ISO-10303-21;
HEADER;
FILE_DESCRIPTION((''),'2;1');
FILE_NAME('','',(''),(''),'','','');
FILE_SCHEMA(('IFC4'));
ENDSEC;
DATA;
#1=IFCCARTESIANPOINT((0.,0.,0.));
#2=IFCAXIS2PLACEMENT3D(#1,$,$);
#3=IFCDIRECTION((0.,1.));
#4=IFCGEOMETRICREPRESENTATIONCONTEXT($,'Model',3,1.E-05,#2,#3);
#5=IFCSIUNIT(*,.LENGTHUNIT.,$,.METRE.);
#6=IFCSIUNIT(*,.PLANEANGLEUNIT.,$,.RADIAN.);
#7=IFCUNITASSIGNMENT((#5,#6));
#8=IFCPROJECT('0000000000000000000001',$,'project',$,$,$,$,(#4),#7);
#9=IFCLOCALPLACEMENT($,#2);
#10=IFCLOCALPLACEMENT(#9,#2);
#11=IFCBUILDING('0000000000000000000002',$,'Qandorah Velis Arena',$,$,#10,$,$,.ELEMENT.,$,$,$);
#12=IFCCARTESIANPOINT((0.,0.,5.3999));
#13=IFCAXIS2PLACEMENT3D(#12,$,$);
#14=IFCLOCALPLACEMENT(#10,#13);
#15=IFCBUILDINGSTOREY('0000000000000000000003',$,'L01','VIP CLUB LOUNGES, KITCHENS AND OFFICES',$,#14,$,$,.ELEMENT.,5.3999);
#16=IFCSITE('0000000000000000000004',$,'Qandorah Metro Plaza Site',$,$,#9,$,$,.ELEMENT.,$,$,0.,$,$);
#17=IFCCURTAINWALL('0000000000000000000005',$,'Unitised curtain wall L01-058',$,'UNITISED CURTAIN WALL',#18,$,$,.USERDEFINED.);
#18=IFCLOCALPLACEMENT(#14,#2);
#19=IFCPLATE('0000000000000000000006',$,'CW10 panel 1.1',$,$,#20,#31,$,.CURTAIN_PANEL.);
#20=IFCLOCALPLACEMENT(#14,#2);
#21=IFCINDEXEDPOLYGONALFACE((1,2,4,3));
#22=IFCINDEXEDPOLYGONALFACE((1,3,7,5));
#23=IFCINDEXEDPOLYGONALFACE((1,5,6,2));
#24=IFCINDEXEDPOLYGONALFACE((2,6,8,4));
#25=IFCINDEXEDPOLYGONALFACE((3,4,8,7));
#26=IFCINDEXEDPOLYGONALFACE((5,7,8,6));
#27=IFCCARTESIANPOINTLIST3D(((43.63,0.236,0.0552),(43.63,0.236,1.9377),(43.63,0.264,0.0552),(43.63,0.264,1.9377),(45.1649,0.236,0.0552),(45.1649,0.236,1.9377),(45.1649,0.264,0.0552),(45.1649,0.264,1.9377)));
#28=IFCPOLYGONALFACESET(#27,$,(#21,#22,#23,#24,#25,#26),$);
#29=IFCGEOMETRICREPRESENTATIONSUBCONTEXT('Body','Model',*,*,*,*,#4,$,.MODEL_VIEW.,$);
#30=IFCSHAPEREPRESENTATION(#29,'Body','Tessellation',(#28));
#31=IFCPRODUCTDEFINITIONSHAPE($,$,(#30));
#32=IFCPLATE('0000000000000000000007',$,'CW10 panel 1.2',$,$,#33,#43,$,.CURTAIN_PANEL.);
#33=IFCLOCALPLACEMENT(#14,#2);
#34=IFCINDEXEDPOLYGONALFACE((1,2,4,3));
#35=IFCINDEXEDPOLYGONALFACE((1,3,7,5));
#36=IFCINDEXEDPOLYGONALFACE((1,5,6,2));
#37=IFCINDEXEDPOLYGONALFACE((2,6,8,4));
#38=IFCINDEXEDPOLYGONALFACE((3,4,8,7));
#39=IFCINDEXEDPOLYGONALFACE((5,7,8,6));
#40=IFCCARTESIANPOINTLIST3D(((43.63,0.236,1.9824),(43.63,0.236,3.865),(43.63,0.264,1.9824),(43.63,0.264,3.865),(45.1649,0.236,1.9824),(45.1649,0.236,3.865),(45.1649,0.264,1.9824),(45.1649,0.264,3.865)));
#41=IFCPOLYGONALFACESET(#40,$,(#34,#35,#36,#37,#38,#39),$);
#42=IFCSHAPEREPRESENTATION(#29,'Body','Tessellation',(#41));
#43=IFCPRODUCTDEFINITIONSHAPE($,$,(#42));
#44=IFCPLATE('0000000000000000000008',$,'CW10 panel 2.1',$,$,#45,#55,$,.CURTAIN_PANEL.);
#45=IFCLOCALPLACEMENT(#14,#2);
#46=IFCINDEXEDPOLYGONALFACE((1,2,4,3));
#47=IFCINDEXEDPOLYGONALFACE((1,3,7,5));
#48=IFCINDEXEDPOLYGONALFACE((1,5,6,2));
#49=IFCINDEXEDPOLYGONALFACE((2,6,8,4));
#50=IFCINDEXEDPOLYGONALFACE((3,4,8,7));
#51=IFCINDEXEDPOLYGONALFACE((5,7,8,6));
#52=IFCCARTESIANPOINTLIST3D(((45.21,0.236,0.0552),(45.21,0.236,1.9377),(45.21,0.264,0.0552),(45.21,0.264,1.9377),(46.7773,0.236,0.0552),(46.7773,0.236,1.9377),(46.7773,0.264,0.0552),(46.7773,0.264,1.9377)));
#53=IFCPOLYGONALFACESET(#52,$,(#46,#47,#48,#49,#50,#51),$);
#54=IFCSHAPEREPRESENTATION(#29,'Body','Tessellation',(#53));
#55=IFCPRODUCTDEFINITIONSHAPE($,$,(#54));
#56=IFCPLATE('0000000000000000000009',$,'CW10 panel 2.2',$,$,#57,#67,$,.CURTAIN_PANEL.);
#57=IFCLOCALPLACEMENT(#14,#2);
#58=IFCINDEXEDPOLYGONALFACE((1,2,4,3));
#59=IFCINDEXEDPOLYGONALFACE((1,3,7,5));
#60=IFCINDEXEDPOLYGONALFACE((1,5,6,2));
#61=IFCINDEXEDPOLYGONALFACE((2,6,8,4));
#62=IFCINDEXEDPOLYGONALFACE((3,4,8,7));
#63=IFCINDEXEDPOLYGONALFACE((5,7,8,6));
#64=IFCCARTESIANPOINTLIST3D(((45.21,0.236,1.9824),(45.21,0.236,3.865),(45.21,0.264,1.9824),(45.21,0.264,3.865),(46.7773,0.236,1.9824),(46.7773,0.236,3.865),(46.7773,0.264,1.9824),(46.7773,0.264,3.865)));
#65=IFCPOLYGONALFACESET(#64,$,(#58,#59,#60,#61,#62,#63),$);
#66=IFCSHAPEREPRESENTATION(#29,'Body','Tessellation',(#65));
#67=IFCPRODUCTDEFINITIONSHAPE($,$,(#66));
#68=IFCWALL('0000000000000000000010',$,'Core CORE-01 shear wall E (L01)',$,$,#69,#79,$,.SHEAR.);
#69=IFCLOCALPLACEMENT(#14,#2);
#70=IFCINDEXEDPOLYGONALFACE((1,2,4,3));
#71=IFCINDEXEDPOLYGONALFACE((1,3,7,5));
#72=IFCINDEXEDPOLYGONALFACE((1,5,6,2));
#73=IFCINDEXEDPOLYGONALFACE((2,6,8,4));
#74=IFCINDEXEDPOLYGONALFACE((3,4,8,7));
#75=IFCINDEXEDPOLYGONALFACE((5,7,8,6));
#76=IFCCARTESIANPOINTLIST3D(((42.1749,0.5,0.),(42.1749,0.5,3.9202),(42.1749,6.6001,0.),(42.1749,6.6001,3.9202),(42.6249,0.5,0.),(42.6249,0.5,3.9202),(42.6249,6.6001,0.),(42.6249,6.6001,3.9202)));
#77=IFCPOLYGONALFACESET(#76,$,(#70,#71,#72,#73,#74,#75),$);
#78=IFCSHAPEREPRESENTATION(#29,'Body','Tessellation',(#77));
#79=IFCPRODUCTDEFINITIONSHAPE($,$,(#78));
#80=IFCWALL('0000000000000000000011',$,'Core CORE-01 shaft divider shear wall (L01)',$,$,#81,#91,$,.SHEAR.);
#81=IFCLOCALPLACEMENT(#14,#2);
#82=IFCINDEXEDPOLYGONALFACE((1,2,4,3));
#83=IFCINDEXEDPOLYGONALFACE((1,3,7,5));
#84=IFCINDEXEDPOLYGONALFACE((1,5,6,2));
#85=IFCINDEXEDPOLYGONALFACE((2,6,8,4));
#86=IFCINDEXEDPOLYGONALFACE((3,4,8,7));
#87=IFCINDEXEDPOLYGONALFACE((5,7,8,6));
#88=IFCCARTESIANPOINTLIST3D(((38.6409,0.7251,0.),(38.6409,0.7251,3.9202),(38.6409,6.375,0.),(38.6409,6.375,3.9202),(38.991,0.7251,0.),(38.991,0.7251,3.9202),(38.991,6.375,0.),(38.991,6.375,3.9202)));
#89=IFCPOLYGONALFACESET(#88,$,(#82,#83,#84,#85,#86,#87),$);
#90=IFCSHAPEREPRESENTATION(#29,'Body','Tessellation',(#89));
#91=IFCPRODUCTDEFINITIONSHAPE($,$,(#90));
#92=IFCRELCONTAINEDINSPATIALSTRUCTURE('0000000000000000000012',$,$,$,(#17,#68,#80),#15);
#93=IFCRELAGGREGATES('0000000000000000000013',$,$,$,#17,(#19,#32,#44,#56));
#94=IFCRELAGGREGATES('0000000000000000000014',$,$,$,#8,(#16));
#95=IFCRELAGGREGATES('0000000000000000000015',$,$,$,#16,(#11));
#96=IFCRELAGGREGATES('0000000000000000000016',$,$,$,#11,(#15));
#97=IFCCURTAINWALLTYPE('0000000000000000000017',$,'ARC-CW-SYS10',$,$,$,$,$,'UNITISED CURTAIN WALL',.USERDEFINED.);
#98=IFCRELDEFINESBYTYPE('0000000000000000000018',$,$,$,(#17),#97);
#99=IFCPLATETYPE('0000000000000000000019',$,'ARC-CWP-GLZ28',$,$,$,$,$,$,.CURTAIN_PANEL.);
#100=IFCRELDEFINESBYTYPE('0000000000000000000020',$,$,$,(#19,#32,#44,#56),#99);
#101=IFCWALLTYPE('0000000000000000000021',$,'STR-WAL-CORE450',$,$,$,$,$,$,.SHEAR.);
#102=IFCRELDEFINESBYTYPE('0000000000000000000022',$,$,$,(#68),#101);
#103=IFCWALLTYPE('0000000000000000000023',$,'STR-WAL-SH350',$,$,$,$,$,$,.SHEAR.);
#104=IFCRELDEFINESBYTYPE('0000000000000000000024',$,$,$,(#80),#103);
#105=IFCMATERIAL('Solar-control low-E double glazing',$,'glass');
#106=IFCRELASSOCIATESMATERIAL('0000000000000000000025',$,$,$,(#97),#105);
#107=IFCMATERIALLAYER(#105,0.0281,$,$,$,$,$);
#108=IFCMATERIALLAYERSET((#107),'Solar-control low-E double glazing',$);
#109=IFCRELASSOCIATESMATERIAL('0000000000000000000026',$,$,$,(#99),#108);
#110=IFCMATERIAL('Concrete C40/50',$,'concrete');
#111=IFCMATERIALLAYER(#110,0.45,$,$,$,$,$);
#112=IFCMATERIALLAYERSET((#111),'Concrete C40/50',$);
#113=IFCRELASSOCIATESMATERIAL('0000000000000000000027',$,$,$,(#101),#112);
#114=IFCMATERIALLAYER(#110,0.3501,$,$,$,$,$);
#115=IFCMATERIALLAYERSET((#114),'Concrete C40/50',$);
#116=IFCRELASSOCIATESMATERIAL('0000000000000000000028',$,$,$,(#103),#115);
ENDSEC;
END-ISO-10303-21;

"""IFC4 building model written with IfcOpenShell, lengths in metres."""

from ifc_helpers import new_model, si_unit, direction, frame, frame_2d, origin, origin_2d, place, context, subcontext, project, spatial, rectangle, extrude, material, layer, layer_set, type_object, element, aggregate, save


model = new_model("IFC4")

# Units and contexts
model_context = context("Model", 3, precision=1e-05, world=origin(), true_north=direction((0.0, 1.0)))
body_context = subcontext(model_context, "Body", "Model", "MODEL_VIEW")
ifc_project = project(units=[si_unit("LENGTHUNIT", "METRE"), si_unit("PLANEANGLEUNIT", "RADIAN")], contexts=[model_context])

# Site, building, storey
site_placement = place(None, origin())
site = spatial("IfcSite", under=ifc_project, at=site_placement, Name="Qandorah Metro Plaza Site", CompositionType="ELEMENT", RefElevation=0.0)
building_placement = place(site_placement, origin())
building = spatial("IfcBuilding", under=site, at=building_placement, Name="Qandorah Velis Arena", CompositionType="ELEMENT")
storey_placement = place(building_placement, frame((0.0, 0.0, 5.3999)))
storey = spatial("IfcBuildingStorey", under=building, at=storey_placement, Name="L01", Description="VIP CLUB LOUNGES, KITCHENS AND OFFICES", CompositionType="ELEMENT", Elevation=5.3999)

# Shared definitions
ifc_material_1 = material(Name="Concrete C40/50", Category="concrete")

# Curtain wall
ifc_material_2 = material(Name="Solar-control low-E double glazing", Category="glass")
curtain_wall_type = type_object("IfcCurtainWallType", Name="ARC-CW-SYS10", ElementType="UNITISED CURTAIN WALL", PredefinedType="USERDEFINED", material=ifc_material_2)
curtain_wall_placement = place(storey_placement, origin())
curtain_wall = element("IfcCurtainWall", 1, at=curtain_wall_placement, inside=storey, type_object=curtain_wall_type, Name="Unitised curtain wall L01-058", ObjectType="UNITISED CURTAIN WALL", PredefinedType="USERDEFINED")

# Plates
ifc_layer_1 = layer(ifc_material_2, 0.0281)
ifc_layer_set_1 = layer_set([ifc_layer_1], Name="Solar-control low-E double glazing")
plate_type = type_object("IfcPlateType", Name="ARC-CWP-GLZ28", PredefinedType="CURTAIN_PANEL", material=ifc_layer_set_1)
plate_1_placement = place(storey_placement, frame((44.3975, 0.25, 0.0552), z_axis=(0.0, 0.0, 1.0), x_axis=(1.0, 0.0, 0.0)))
plate_1 = element("IfcPlate", 2, at=plate_1_placement, type_object=plate_type, Name="CW10 panel 1.1", PredefinedType="CURTAIN_PANEL", context=body_context, shape_type="SweptSolid", body=[
    extrude(rectangle(XDim=1.5349, YDim=0.0281, at=origin_2d()), origin(), (0.0, 0.0, 1.0), 1.8826),
])
plate_2_placement = place(storey_placement, frame((44.3975, 0.25, 1.9824), z_axis=(0.0, 0.0, 1.0), x_axis=(1.0, 0.0, 0.0)))
plate_2 = element("IfcPlate", 3, at=plate_2_placement, type_object=plate_type, Name="CW10 panel 1.2", PredefinedType="CURTAIN_PANEL", context=body_context, shape_type="SweptSolid", body=[
    extrude(rectangle(XDim=1.5349, YDim=0.0281, at=origin_2d()), origin(), (0.0, 0.0, 1.0), 1.8826),
])
plate_3_placement = place(storey_placement, frame((45.9937, 0.25, 0.0552), z_axis=(0.0, 0.0, 1.0), x_axis=(1.0, 0.0, 0.0)))
plate_3 = element("IfcPlate", 4, at=plate_3_placement, type_object=plate_type, Name="CW10 panel 2.1", PredefinedType="CURTAIN_PANEL", context=body_context, shape_type="SweptSolid", body=[
    extrude(rectangle(XDim=1.5674, YDim=0.0281, at=origin_2d()), origin(), (0.0, 0.0, 1.0), 1.8826),
])
plate_4_placement = place(storey_placement, frame((45.9937, 0.25, 1.9824), z_axis=(0.0, 0.0, 1.0), x_axis=(1.0, 0.0, 0.0)))
plate_4 = element("IfcPlate", 5, at=plate_4_placement, type_object=plate_type, Name="CW10 panel 2.2", PredefinedType="CURTAIN_PANEL", context=body_context, shape_type="SweptSolid", body=[
    extrude(rectangle(XDim=1.5674, YDim=0.0281, at=origin_2d()), origin(), (0.0, 0.0, 1.0), 1.8826),
])
aggregate(curtain_wall, [plate_1, plate_2, plate_3, plate_4])

# Walls
ifc_layer_2 = layer(ifc_material_1, 0.45)
ifc_layer_set_2 = layer_set([ifc_layer_2], Name="Concrete C40/50")
wall_type_1 = type_object("IfcWallType", Name="STR-WAL-CORE450", PredefinedType="SHEAR", material=ifc_layer_set_2)
wall_1_placement = place(storey_placement, frame((42.3999, 0.5, 0.0), z_axis=(0.0, 0.0, 1.0), x_axis=(0.0, 1.0, 0.0)))
element("IfcWall", 6, at=wall_1_placement, inside=storey, type_object=wall_type_1, Name="Core CORE-01 shear wall E (L01)", PredefinedType="SHEAR", context=body_context, shape_type="SweptSolid", body=[
    extrude(rectangle(XDim=6.1001, YDim=0.45, at=frame_2d((3.05, 0.0))), origin(), (0.0, 0.0, 1.0), 3.9202),
])
ifc_layer_3 = layer(ifc_material_1, 0.3501)
ifc_layer_set_3 = layer_set([ifc_layer_3], Name="Concrete C40/50")
wall_type_2 = type_object("IfcWallType", Name="STR-WAL-SH350", PredefinedType="SHEAR", material=ifc_layer_set_3)
wall_2_placement = place(storey_placement, frame((38.8159, 0.7251, 0.0), z_axis=(0.0, 0.0, 1.0), x_axis=(0.0, 1.0, 0.0)))
element("IfcWall", 7, at=wall_2_placement, inside=storey, type_object=wall_type_2, Name="Core CORE-01 shaft divider shear wall (L01)", PredefinedType="SHEAR", context=body_context, shape_type="SweptSolid", body=[
    extrude(rectangle(XDim=5.6499, YDim=0.3501, at=frame_2d((2.825, 0.0))), origin(), (0.0, 0.0, 1.0), 3.9202),
])

save(model, "model.ifc")
